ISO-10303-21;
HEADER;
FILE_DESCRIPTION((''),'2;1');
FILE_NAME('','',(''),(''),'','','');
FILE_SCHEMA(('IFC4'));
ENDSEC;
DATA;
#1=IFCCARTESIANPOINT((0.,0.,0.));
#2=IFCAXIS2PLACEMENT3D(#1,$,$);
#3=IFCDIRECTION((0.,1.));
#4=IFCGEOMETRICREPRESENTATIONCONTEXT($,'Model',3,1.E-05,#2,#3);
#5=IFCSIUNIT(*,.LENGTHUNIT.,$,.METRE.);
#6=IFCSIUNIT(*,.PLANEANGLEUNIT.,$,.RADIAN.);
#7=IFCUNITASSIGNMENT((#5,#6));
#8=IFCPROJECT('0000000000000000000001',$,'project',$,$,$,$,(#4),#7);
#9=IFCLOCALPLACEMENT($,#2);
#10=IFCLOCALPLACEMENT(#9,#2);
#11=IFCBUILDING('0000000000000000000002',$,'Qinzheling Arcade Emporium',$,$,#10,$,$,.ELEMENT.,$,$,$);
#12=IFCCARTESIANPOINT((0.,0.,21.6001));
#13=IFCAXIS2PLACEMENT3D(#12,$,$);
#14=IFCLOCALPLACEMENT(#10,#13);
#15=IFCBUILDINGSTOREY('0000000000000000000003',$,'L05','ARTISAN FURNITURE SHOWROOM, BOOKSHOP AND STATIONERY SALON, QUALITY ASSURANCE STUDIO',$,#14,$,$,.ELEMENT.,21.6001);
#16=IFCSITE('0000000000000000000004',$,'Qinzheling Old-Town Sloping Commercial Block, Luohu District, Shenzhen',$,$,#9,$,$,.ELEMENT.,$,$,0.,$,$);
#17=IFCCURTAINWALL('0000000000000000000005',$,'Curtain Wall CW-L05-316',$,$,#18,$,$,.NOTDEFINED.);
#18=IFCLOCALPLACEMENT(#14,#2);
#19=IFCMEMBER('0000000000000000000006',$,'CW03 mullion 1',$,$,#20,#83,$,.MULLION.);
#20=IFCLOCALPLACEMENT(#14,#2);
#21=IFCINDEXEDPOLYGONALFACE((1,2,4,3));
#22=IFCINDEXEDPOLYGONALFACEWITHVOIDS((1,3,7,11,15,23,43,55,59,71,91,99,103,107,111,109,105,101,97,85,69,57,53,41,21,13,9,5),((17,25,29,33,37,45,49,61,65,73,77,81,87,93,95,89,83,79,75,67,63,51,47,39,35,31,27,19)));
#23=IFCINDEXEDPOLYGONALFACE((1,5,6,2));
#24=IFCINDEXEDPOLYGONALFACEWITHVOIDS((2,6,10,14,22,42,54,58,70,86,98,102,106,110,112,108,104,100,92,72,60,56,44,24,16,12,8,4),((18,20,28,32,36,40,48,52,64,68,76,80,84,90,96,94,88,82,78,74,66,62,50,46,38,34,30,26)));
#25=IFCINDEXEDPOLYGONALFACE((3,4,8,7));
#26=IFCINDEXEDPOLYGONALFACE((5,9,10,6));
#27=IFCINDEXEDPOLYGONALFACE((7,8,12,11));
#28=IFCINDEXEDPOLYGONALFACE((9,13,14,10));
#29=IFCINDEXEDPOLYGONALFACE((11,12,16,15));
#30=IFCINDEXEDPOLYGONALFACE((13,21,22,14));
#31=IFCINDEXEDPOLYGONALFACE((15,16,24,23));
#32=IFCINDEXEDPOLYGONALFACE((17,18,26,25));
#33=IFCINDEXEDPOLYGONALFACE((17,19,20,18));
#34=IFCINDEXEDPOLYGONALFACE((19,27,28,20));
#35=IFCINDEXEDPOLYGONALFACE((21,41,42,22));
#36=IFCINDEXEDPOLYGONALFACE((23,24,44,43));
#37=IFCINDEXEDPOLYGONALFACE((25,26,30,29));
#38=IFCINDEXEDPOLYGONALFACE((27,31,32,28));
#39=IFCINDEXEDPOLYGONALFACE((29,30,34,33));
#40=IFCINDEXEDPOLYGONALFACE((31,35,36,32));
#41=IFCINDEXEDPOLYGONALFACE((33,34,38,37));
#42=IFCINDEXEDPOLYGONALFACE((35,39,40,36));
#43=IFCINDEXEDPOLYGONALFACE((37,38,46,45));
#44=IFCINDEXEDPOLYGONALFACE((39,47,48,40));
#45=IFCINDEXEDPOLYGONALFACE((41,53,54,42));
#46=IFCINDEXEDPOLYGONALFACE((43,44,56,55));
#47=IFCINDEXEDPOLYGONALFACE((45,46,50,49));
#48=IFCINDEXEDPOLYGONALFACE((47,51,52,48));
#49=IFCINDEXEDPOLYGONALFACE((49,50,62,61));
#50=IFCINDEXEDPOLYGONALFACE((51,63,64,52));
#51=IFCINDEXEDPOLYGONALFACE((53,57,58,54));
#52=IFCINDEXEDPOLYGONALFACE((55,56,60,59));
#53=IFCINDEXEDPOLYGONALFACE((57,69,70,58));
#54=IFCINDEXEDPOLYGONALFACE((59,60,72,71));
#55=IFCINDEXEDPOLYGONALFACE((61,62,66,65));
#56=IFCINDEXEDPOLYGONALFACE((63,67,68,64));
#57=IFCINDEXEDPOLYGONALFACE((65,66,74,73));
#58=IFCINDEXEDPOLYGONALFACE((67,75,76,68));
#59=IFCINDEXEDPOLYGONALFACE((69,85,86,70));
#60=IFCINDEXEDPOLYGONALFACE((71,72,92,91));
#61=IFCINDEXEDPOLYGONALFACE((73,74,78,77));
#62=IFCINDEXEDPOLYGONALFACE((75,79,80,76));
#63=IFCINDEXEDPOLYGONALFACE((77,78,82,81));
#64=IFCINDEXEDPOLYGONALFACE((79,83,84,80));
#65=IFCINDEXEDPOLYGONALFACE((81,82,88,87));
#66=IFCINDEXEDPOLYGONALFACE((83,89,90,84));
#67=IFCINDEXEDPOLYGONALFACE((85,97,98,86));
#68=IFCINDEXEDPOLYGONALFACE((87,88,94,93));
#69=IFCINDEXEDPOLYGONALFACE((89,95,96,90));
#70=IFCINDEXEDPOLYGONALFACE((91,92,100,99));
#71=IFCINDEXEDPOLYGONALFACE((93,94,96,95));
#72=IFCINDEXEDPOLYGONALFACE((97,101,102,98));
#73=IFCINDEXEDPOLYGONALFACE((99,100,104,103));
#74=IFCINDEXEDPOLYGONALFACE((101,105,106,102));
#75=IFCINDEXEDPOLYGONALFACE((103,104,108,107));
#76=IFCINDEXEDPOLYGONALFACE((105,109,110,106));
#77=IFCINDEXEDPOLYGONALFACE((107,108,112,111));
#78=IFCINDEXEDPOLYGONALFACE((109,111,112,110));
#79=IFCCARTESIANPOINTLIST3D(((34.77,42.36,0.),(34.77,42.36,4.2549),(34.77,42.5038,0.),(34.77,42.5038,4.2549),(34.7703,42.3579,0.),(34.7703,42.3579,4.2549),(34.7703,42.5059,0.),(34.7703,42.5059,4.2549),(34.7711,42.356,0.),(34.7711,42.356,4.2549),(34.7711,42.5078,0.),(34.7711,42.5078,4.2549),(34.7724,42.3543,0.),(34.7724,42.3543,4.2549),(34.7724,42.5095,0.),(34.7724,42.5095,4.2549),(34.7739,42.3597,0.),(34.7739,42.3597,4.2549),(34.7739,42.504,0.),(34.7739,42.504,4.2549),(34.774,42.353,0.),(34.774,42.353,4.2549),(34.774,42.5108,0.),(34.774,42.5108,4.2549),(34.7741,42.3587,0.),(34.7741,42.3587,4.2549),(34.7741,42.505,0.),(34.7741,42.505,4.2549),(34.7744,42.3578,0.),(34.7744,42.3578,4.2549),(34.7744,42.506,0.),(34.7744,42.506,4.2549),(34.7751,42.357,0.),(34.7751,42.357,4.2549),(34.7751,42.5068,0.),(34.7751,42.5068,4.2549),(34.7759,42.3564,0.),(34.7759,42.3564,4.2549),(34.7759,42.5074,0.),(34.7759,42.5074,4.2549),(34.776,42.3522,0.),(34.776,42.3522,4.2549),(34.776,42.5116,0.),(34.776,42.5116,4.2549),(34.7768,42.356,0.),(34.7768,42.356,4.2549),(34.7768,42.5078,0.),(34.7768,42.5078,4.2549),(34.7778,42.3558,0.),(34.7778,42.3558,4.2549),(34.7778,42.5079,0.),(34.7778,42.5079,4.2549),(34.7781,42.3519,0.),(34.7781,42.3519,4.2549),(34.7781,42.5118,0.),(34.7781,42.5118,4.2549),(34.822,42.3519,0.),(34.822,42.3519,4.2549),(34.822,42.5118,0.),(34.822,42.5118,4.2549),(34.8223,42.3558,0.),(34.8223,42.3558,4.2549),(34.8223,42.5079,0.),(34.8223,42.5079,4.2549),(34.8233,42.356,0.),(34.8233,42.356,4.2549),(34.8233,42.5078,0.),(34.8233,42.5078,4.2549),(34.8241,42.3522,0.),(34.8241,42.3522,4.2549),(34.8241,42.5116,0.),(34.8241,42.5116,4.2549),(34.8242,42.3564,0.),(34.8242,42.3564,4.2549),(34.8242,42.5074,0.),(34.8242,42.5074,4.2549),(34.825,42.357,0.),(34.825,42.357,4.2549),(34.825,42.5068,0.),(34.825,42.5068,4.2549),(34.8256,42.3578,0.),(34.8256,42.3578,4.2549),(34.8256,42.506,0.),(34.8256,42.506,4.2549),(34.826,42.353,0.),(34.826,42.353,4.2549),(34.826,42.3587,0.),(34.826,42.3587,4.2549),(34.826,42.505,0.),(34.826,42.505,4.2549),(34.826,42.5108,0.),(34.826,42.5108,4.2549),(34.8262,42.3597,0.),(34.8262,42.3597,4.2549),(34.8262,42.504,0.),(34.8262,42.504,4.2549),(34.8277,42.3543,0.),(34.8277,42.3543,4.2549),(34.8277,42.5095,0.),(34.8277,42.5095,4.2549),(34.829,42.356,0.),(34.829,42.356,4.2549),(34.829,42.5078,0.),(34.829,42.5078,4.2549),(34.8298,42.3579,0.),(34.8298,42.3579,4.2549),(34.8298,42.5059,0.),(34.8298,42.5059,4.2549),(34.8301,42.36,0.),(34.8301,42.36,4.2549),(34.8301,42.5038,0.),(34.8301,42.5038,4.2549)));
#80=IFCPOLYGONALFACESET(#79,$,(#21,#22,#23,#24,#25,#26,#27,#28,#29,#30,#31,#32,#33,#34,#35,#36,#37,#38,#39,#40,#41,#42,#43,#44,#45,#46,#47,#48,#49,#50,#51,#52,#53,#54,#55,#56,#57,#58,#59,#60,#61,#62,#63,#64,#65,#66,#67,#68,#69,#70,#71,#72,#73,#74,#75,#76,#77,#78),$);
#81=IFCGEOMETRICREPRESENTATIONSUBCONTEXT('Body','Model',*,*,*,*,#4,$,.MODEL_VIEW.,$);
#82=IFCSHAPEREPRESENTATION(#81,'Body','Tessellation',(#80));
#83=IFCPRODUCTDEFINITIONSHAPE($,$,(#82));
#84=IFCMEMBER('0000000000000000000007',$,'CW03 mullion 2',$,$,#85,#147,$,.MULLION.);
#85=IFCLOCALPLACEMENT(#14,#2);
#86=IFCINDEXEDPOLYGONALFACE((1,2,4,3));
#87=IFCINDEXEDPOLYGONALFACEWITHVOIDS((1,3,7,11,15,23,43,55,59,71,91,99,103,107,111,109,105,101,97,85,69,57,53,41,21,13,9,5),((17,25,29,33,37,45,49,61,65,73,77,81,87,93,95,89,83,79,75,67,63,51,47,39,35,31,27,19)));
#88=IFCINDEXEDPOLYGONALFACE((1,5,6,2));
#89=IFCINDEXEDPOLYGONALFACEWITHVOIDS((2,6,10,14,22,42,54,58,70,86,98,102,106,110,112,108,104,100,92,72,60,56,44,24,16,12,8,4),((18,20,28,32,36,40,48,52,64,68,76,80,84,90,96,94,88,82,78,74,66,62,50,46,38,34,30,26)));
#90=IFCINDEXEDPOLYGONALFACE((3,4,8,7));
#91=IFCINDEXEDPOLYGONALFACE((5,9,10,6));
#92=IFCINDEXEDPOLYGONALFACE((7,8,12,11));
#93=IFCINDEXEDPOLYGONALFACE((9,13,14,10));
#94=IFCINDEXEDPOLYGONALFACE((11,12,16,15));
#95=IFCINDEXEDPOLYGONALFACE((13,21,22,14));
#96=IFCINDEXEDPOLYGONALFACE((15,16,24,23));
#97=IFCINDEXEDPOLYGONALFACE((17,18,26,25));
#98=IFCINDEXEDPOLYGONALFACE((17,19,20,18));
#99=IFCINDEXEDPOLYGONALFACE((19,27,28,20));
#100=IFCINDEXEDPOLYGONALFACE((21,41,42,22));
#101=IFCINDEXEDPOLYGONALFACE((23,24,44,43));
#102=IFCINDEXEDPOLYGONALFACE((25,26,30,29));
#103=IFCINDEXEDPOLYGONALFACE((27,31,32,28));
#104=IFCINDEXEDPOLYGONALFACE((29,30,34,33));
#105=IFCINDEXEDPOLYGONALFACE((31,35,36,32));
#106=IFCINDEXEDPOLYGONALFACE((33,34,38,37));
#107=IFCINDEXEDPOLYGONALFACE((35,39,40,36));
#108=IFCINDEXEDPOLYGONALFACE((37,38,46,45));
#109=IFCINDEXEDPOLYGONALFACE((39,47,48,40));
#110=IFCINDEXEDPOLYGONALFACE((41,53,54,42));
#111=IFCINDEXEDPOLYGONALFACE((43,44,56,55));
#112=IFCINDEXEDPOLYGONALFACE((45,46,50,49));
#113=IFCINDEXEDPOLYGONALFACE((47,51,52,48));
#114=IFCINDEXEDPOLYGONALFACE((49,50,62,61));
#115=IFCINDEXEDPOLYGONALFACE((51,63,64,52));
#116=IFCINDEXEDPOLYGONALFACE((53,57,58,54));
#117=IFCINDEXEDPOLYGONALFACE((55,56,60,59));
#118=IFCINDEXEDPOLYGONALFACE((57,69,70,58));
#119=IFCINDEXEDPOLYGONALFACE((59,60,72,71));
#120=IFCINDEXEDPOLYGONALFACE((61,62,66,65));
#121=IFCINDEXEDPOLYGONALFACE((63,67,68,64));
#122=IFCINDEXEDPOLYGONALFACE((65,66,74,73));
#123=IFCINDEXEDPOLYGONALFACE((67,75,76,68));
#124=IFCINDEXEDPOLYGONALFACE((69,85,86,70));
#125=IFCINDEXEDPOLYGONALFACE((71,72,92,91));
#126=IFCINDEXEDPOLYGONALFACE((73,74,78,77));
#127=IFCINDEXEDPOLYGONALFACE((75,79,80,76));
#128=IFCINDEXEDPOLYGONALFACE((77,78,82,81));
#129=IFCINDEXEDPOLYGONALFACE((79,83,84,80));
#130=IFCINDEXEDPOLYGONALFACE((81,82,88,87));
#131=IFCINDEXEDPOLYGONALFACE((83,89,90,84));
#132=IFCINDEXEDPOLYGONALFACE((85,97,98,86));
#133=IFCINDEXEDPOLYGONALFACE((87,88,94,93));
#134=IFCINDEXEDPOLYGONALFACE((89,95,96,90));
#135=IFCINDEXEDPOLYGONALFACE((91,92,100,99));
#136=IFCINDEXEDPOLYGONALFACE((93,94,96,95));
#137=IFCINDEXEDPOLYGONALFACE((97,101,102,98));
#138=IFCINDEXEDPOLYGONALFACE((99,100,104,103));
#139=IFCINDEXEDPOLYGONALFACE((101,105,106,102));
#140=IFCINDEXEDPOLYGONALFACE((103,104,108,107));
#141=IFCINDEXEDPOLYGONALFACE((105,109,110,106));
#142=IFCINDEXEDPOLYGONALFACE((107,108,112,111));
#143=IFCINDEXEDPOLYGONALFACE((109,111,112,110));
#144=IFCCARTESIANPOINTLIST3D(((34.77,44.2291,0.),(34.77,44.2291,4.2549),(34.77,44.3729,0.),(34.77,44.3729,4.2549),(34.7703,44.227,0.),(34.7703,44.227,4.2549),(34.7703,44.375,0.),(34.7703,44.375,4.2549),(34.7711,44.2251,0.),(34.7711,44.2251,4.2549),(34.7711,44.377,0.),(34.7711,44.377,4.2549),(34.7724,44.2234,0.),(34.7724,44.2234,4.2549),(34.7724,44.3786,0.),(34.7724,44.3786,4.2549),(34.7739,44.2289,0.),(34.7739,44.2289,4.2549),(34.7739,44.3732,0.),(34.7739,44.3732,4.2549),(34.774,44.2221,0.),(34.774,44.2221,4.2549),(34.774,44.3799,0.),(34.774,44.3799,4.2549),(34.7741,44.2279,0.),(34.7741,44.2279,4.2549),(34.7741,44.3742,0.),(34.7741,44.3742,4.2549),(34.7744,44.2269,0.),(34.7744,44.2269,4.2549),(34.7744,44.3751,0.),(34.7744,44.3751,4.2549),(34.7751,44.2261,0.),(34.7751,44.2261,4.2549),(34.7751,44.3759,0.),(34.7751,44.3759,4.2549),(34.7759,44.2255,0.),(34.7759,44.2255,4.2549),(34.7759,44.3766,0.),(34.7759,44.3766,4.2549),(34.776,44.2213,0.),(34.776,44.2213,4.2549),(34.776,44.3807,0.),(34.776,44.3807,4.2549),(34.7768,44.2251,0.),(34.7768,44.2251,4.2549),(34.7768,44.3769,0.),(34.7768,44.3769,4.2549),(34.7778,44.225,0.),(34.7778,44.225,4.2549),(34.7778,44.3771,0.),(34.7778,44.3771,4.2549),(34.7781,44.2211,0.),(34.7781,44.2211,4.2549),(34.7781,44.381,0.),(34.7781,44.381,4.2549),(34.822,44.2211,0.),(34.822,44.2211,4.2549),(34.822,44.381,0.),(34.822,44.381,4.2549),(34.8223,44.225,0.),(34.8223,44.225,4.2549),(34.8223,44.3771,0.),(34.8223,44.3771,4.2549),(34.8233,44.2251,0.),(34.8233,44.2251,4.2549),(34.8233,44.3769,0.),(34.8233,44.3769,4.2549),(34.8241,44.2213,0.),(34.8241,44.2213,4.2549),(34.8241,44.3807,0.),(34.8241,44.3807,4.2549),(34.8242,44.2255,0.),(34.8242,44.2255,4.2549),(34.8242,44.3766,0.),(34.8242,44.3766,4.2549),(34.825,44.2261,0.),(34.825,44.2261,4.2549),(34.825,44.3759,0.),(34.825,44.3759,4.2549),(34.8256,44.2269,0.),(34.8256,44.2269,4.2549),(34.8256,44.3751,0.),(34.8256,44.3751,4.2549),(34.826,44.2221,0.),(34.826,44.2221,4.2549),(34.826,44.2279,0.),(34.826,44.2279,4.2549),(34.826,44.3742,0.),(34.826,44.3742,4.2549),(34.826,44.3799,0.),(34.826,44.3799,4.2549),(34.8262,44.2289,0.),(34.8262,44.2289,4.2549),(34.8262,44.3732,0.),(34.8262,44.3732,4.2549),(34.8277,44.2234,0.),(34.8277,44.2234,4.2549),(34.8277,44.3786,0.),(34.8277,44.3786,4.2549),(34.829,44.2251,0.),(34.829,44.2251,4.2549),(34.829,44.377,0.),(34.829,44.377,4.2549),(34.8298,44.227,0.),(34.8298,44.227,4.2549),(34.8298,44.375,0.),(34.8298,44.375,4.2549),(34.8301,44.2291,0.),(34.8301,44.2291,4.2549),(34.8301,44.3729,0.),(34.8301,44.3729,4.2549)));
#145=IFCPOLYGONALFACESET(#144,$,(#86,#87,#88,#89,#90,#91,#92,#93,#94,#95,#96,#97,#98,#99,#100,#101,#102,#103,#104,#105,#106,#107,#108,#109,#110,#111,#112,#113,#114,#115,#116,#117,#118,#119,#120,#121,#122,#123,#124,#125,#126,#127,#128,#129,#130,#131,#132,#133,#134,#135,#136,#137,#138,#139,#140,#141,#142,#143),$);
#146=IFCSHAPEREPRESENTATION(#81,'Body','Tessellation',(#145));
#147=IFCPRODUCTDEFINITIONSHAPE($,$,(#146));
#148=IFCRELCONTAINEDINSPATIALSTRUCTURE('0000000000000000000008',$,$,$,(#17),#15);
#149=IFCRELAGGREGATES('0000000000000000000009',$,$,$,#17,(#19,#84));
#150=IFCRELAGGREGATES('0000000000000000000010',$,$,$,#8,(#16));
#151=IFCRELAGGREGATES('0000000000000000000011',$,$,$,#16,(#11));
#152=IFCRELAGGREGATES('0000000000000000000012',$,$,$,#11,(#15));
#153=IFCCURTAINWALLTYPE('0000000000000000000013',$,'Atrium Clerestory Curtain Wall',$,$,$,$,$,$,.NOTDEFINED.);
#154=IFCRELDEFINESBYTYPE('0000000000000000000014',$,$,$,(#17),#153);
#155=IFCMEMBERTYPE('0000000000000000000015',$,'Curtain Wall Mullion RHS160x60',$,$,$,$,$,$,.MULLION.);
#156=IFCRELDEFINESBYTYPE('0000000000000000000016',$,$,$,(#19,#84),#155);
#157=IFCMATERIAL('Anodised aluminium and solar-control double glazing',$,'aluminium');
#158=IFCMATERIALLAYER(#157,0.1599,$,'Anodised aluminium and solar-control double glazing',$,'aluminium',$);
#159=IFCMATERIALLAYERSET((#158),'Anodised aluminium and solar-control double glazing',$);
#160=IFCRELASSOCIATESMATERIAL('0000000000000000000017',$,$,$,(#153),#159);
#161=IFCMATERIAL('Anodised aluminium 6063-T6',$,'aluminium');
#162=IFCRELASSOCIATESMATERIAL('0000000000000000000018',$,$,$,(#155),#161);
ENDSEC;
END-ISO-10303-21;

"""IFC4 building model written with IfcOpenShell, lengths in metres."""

from ifc_helpers import new_model, si_unit, direction, frame, origin, origin_2d, place, context, subcontext, project, spatial, hollow_rectangle, extrude, material, layer, layer_set, material_profile, profile_set, type_object, element, aggregate, save


model = new_model("IFC4")

# Units and contexts
model_context = context("Model", 3, precision=1e-05, world=origin(), true_north=direction((0.0, 1.0)))
body_context = subcontext(model_context, "Body", "Model", "MODEL_VIEW")
ifc_project = project(units=[si_unit("LENGTHUNIT", "METRE"), si_unit("PLANEANGLEUNIT", "RADIAN")], contexts=[model_context])

# Site, building, storey
site_placement = place(None, origin())
site = spatial("IfcSite", under=ifc_project, at=site_placement, Name="Qinzheling Old-Town Sloping Commercial Block, Luohu District, Shenzhen", CompositionType="ELEMENT", RefElevation=0.0)
building_placement = place(site_placement, origin())
building = spatial("IfcBuilding", under=site, at=building_placement, Name="Qinzheling Arcade Emporium", CompositionType="ELEMENT")
storey_placement = place(building_placement, frame((0.0, 0.0, 21.6001)))
storey = spatial("IfcBuildingStorey", under=building, at=storey_placement, Name="L05", Description="ARTISAN FURNITURE SHOWROOM, BOOKSHOP AND STATIONERY SALON, QUALITY ASSURANCE STUDIO", CompositionType="ELEMENT", Elevation=21.6001)

# Curtain wall, members
ifc_material_1 = material(Name="Anodised aluminium and solar-control double glazing", Category="aluminium")
ifc_layer_1 = layer(ifc_material_1, 0.1599, Name="Anodised aluminium and solar-control double glazing", Category="aluminium")
ifc_layer_set_1 = layer_set([ifc_layer_1], Name="Anodised aluminium and solar-control double glazing")
curtain_wall_type = type_object("IfcCurtainWallType", Name="Atrium Clerestory Curtain Wall", PredefinedType="NOTDEFINED", material=ifc_layer_set_1)
ifc_material_2 = material(Name="Anodised aluminium 6063-T6", Category="aluminium")
ifc_material_profile_1 = material_profile(ifc_material_2, hollow_rectangle(XDim=0.0601, YDim=0.1599, WallThickness=0.0039, InnerFilletRadius=0.0039, OuterFilletRadius=0.0081, at=origin_2d()), Name="RHS 160x60x4", Category="aluminium")
ifc_profile_set_1 = profile_set([ifc_material_profile_1], Name="Anodised aluminium 6063-T6")
member_type_1 = type_object("IfcMemberType", Name="Curtain Wall Mullion RHS160x60", PredefinedType="MULLION", material=ifc_profile_set_1)
curtain_wall_1_placement = place(storey_placement, origin())
curtain_wall_1 = element("IfcCurtainWall", 1, at=curtain_wall_1_placement, inside=storey, type_object=curtain_wall_type, Name="Curtain Wall CW-L05-316", PredefinedType="NOTDEFINED")
member_1_placement = place(storey_placement, frame((34.8, 42.4319, 0.0), z_axis=(0.0, 0.0, 1.0), x_axis=(-1.0, 0.0, 0.0)))
member_1 = element("IfcMember", 2, at=member_1_placement, type_object=member_type_1, Name="CW03 mullion 1", PredefinedType="MULLION", context=body_context, shape_type="SweptSolid", body=[
    extrude(hollow_rectangle(XDim=0.0601, YDim=0.1599, WallThickness=0.0039, InnerFilletRadius=0.0039, OuterFilletRadius=0.0081, at=origin_2d()), origin(), (0.0, 0.0, 1.0), 4.2549),
])
member_2_placement = place(storey_placement, frame((34.8, 44.301, 0.0), z_axis=(0.0, 0.0, 1.0), x_axis=(-1.0, 0.0, 0.0)))
member_2 = element("IfcMember", 3, at=member_2_placement, type_object=member_type_1, Name="CW03 mullion 2", PredefinedType="MULLION", context=body_context, shape_type="SweptSolid", body=[
    extrude(hollow_rectangle(XDim=0.0601, YDim=0.1599, WallThickness=0.0039, InnerFilletRadius=0.0039, OuterFilletRadius=0.0081, at=origin_2d()), origin(), (0.0, 0.0, 1.0), 4.2549),
])

aggregate(curtain_wall_1, [member_1, member_2])

save(model, "model.ifc")
